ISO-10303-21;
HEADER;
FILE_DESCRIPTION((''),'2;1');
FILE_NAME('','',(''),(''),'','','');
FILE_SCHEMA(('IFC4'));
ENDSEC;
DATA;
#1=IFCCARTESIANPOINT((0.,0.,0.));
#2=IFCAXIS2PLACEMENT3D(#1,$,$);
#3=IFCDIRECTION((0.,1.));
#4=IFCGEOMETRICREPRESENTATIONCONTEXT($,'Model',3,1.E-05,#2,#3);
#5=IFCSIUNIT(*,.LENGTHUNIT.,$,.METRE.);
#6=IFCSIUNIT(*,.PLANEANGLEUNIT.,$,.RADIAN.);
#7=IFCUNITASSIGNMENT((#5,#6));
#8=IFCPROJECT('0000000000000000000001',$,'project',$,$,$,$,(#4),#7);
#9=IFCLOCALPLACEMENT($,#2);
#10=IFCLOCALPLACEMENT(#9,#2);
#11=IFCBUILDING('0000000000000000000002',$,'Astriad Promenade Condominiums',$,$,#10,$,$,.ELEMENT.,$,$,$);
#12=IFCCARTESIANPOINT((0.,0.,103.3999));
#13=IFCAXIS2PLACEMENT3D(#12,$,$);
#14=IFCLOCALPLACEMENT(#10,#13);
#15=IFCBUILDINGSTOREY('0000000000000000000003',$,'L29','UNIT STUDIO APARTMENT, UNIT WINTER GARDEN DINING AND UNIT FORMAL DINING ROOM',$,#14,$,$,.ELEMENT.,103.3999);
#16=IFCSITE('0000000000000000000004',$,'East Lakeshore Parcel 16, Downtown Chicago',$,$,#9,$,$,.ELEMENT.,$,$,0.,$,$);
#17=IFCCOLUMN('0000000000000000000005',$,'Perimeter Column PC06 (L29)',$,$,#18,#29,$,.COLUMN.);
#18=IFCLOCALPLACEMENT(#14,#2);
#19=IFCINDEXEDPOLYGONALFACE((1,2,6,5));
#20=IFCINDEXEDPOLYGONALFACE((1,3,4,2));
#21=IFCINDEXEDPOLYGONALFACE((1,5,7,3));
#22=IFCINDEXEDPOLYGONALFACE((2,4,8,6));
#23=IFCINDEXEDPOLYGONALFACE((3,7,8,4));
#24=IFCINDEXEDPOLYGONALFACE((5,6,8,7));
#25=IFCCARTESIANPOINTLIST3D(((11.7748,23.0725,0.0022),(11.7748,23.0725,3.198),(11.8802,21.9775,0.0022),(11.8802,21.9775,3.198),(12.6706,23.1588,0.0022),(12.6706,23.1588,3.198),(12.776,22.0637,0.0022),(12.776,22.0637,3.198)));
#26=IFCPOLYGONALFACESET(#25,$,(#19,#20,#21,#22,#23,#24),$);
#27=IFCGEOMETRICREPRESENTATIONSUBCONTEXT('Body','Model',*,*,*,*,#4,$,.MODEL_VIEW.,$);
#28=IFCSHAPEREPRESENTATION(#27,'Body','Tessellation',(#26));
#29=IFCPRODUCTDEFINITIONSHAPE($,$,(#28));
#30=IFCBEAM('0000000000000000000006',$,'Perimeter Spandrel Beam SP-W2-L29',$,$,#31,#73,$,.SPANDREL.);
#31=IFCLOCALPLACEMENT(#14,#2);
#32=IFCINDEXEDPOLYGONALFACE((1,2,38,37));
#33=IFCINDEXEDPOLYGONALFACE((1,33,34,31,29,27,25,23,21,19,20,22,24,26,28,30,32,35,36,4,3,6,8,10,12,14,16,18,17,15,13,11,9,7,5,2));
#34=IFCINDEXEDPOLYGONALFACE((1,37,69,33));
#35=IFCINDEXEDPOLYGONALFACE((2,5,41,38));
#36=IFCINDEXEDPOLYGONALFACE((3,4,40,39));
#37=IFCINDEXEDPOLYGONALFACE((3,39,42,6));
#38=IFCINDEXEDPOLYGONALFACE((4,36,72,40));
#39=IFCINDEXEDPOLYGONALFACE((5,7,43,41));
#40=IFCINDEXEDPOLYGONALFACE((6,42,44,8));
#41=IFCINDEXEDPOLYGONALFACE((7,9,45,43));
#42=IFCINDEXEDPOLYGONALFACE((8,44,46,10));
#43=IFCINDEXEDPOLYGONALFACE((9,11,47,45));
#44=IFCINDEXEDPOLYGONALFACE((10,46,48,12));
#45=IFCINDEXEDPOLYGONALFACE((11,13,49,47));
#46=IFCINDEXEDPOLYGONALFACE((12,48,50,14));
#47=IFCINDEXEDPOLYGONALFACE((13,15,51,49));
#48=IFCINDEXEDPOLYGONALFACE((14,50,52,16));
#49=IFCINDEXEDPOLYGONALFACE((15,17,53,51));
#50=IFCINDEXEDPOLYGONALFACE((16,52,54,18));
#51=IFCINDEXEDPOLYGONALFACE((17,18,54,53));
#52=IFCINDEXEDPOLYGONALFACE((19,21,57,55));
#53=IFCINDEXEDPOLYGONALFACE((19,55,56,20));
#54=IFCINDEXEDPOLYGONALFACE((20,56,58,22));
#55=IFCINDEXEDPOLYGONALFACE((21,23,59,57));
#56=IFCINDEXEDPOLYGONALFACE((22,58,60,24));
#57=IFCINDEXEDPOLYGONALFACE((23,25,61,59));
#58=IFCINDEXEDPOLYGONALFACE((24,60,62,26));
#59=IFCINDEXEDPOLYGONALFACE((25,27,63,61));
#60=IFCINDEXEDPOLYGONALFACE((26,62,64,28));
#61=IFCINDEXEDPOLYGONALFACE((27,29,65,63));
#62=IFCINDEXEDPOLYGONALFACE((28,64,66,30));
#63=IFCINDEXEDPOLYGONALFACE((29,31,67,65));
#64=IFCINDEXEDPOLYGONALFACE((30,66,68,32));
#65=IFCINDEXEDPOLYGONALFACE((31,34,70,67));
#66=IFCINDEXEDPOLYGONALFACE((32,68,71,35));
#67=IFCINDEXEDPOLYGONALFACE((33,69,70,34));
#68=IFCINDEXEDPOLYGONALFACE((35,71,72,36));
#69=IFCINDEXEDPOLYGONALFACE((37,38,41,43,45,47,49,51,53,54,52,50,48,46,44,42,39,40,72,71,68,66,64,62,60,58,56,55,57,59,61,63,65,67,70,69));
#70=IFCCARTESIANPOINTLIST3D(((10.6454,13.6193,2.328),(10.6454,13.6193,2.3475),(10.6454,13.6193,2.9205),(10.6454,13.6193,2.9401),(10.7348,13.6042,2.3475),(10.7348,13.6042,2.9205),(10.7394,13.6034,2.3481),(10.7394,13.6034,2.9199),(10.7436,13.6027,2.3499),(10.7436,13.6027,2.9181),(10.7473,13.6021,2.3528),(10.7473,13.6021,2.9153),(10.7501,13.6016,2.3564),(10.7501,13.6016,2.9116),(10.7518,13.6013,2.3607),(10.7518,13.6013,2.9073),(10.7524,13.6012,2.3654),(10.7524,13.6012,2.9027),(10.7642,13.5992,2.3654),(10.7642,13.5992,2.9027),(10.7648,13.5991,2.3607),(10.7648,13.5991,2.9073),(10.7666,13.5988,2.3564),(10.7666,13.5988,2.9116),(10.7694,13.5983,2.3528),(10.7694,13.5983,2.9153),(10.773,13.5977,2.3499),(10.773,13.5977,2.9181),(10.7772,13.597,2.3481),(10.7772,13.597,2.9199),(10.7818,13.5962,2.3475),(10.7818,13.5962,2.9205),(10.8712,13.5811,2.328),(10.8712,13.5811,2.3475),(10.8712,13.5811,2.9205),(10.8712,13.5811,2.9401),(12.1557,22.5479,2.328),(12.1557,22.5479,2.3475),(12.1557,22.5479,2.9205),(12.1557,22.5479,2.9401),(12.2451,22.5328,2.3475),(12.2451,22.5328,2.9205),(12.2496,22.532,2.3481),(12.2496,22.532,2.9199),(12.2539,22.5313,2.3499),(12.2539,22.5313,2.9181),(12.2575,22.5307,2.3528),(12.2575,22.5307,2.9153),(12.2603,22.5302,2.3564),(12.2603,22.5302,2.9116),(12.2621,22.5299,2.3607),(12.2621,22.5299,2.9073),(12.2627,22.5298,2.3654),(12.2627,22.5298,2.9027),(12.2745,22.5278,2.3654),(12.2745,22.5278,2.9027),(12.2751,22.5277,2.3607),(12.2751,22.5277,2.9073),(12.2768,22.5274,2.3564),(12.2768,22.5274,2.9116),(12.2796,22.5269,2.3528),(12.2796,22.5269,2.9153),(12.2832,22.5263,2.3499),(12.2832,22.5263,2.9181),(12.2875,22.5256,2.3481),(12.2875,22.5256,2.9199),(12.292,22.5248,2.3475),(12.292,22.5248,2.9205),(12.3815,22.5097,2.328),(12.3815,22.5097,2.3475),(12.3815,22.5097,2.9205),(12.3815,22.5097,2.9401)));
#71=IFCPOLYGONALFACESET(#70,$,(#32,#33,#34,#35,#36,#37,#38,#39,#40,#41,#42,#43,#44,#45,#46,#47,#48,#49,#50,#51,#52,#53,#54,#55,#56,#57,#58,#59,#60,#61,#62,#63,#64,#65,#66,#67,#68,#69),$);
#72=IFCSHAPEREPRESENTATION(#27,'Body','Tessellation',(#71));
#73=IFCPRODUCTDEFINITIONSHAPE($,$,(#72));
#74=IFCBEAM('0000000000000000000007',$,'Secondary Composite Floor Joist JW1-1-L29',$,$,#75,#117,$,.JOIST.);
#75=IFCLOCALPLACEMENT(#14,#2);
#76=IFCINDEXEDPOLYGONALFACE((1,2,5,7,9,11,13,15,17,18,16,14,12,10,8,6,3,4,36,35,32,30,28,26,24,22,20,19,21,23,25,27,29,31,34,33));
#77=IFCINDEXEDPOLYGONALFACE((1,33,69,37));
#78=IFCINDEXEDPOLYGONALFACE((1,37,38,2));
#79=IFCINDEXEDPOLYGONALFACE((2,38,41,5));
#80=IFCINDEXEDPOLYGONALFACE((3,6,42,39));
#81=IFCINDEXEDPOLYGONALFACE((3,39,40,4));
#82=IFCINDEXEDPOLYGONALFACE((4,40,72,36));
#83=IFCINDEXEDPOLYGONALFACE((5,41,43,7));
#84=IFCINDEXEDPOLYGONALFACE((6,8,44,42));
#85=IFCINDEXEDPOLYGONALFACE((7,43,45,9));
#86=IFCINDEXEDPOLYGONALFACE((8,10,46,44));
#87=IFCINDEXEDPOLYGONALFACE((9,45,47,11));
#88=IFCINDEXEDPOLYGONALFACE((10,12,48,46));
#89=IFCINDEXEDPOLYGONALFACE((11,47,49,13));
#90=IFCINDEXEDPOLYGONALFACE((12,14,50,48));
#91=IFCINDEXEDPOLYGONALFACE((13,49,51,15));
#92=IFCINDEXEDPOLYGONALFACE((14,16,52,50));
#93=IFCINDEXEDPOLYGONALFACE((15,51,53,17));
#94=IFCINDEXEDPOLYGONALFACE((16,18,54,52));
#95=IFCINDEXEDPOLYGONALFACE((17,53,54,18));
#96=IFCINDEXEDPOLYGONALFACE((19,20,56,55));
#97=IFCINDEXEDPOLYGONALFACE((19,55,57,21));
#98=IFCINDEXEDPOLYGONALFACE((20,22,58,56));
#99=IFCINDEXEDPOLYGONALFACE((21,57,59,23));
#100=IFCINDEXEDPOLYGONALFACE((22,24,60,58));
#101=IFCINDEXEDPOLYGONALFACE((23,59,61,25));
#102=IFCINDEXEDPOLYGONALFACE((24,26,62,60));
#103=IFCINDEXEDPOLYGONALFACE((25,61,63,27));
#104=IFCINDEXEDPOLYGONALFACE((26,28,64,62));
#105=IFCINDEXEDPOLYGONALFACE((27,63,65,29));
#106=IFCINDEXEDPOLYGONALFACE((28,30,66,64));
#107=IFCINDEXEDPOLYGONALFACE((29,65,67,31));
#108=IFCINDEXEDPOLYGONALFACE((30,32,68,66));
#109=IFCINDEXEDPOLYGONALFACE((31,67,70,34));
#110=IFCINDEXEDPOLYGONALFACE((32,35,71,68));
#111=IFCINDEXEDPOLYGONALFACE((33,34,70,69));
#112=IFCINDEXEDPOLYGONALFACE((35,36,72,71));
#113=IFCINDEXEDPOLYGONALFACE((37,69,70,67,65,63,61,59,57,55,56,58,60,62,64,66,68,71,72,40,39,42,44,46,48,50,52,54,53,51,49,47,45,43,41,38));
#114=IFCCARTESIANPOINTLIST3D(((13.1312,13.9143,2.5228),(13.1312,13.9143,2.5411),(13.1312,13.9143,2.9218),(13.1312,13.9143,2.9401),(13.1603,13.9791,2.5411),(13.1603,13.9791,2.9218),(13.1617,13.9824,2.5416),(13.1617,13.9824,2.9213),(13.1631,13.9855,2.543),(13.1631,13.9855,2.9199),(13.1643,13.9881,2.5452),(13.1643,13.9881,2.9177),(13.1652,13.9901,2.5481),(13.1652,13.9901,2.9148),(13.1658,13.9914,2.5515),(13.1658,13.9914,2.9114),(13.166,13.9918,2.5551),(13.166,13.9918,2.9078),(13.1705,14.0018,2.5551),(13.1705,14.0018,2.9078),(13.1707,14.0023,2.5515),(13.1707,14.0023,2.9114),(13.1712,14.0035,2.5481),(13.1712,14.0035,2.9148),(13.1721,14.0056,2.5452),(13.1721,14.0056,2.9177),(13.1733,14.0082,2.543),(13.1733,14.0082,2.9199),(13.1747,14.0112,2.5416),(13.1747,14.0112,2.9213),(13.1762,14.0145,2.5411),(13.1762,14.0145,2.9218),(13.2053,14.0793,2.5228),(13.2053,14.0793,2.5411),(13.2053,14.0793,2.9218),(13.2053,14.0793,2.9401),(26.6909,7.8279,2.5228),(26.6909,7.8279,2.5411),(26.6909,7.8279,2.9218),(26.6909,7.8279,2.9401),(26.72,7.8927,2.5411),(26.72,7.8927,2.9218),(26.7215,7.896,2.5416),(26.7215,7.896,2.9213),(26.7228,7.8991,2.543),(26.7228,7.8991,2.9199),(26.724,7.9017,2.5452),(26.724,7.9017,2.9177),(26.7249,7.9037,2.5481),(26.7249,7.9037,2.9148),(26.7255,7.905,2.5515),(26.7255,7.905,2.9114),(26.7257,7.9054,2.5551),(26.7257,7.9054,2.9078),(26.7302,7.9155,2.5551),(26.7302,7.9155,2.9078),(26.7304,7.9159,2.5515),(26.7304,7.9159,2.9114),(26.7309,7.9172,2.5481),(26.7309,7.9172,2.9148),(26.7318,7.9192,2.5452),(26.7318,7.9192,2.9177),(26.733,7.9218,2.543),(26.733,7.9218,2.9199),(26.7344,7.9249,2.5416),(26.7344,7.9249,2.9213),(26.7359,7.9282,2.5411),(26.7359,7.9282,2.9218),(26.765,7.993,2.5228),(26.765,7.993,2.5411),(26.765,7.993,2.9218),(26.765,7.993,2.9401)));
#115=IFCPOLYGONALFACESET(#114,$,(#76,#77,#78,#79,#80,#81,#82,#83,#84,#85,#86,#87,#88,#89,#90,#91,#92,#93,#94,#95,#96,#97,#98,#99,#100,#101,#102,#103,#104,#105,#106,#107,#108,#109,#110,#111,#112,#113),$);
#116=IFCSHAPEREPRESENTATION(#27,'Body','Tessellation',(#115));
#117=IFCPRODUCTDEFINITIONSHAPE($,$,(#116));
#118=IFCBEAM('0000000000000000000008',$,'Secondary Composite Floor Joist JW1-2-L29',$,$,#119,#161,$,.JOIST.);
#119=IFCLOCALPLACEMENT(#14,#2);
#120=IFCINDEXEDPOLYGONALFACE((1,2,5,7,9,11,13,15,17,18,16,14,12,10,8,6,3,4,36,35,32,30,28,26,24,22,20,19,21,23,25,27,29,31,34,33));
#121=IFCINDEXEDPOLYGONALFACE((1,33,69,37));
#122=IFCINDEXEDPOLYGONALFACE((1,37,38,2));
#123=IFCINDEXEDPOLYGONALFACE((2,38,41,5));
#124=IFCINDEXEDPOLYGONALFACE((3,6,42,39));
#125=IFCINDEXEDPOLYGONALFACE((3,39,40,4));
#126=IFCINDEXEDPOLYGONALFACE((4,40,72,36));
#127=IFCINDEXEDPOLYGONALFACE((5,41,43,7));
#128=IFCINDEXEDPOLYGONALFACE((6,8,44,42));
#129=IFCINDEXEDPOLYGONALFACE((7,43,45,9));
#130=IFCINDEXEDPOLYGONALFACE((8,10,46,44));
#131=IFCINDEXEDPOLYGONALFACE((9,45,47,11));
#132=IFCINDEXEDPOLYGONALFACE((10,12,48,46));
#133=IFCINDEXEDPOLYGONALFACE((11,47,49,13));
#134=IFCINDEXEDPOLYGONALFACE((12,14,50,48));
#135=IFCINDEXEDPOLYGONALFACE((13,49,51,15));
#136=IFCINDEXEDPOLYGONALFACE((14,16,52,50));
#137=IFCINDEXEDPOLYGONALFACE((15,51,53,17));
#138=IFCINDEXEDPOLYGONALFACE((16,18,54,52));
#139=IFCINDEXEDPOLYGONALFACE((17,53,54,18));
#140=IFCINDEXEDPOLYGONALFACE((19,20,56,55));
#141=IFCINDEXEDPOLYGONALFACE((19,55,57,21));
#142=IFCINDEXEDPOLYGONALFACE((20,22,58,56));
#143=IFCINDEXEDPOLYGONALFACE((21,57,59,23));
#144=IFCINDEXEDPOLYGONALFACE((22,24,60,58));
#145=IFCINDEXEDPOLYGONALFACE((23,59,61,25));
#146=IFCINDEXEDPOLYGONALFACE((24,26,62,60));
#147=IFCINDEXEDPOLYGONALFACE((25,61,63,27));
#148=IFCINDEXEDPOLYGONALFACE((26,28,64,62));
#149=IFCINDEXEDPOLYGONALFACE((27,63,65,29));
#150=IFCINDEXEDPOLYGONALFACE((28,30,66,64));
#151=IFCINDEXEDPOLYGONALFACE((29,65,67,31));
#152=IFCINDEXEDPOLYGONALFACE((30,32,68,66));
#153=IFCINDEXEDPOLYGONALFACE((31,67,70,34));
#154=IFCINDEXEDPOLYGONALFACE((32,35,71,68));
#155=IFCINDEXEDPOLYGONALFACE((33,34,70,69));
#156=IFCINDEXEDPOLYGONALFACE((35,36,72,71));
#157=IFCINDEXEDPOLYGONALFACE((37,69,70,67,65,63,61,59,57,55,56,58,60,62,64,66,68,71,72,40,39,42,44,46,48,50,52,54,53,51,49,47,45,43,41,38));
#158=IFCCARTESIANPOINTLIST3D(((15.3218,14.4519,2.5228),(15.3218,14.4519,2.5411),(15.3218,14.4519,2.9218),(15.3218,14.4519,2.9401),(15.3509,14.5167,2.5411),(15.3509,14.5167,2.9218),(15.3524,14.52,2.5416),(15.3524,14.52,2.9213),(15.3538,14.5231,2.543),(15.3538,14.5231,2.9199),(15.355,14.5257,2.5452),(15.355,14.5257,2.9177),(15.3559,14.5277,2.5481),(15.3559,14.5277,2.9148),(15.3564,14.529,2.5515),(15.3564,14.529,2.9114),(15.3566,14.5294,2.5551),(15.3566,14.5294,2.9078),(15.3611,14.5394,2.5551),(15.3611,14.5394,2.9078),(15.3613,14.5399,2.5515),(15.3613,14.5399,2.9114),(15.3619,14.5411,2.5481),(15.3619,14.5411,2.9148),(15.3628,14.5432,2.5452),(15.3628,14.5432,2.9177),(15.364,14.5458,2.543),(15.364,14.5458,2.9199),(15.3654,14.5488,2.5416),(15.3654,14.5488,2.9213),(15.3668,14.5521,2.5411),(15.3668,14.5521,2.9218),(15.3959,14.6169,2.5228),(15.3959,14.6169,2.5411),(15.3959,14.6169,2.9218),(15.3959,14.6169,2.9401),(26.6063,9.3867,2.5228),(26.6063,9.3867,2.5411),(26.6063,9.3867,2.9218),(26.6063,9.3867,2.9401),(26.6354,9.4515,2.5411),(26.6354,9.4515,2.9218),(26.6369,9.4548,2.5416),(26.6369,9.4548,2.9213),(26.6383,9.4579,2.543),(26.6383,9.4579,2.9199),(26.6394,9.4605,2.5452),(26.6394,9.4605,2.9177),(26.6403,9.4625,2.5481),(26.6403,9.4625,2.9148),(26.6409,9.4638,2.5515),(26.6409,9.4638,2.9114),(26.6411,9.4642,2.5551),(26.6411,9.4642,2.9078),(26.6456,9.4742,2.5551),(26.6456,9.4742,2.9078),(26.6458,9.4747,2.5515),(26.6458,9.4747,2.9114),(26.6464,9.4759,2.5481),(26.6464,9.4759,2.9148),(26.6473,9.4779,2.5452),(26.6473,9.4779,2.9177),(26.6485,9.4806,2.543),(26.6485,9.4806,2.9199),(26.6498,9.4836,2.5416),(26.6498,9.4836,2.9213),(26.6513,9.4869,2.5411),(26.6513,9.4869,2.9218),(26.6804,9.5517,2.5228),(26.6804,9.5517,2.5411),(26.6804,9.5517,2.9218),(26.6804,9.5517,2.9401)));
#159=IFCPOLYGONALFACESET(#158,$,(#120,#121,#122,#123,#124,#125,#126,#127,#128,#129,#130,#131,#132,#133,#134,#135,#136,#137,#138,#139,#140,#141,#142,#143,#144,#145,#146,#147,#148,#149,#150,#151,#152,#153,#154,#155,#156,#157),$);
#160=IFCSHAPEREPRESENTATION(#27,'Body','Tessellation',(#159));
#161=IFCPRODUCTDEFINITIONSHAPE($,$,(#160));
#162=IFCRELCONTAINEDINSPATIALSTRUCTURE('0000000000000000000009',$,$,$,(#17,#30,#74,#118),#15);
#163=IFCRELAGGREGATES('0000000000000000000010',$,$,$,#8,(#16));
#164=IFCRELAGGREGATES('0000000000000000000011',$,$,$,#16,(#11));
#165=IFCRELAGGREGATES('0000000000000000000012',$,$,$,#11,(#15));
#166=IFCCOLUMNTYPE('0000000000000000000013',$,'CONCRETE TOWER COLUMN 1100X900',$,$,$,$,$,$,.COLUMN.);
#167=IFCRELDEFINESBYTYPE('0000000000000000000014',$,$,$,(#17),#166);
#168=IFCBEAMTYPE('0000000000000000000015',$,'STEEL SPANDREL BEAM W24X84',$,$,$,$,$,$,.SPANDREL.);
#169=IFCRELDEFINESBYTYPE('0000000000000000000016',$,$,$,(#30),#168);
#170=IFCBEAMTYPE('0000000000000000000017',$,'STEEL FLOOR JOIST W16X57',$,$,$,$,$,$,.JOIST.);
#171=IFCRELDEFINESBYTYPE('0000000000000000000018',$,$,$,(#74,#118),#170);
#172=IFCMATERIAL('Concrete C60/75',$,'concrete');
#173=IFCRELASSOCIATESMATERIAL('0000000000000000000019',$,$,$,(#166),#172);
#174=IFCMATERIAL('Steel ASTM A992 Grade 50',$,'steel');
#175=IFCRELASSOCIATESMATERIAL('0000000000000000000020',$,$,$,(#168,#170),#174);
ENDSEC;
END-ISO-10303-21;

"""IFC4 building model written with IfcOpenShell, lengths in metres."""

from ifc_helpers import new_model, si_unit, direction, frame, origin, origin_2d, place, context, subcontext, project, spatial, rectangle, i_section, extrude, source, transform, mapped, material, material_profile, profile_set, type_object, type_shapes, element, save


model = new_model("IFC4")

# Units and contexts
model_context = context("Model", 3, precision=1e-05, world=origin(), true_north=direction((0.0, 1.0)))
body_context = subcontext(model_context, "Body", "Model", "MODEL_VIEW")
ifc_project = project(units=[si_unit("LENGTHUNIT", "METRE"), si_unit("PLANEANGLEUNIT", "RADIAN")], contexts=[model_context])

# Site, building, storey
site_placement = place(None, origin())
site = spatial("IfcSite", under=ifc_project, at=site_placement, Name="East Lakeshore Parcel 16, Downtown Chicago", CompositionType="ELEMENT", RefElevation=0.0)
building_placement = place(site_placement, origin())
building = spatial("IfcBuilding", under=site, at=building_placement, Name="Astriad Promenade Condominiums", CompositionType="ELEMENT")
storey_placement = place(building_placement, frame((0.0, 0.0, 103.3999)))
storey = spatial("IfcBuildingStorey", under=building, at=storey_placement, Name="L29", Description="UNIT STUDIO APARTMENT, UNIT WINTER GARDEN DINING AND UNIT FORMAL DINING ROOM", CompositionType="ELEMENT", Elevation=103.3999)

# Column
ifc_material_1 = material(Name="Concrete C60/75", Category="concrete")
ifc_material_profile_1 = material_profile(ifc_material_1, rectangle(XDim=0.8999, YDim=1.1001, at=origin_2d()), Name="RC-COL-1100X900")
ifc_profile_set_1 = profile_set([ifc_material_profile_1], Name="Concrete C60/75")
column_type = type_object("IfcColumnType", Name="CONCRETE TOWER COLUMN 1100X900", PredefinedType="COLUMN", material=ifc_profile_set_1)
shared_shape_1 = source(origin(), body_context, "Body", "SweptSolid", [
    extrude(rectangle(XDim=0.8999, YDim=1.1001, at=origin_2d()), origin(), (0.0, 0.0, 1.0), 3.1958),
])
type_shapes(column_type, [shared_shape_1])
column_placement = place(storey_placement, frame((12.2754, 22.5681, 0.0022), z_axis=(0.0, 0.0, 1.0), x_axis=(0.995396, 0.095846, 0.0)))
element("IfcColumn", 1, at=column_placement, inside=storey, type_object=column_type, Name="Perimeter Column PC06 (L29)", PredefinedType="COLUMN", context=body_context, shape_type="MappedRepresentation", body=[
    mapped(shared_shape_1, transform((0.0, 0.0, 0.0), scale=1.0)),
])

# Beams
ifc_material_2 = material(Name="Steel ASTM A992 Grade 50", Category="steel")
ifc_material_profile_2 = material_profile(ifc_material_2, i_section(OverallWidth=0.229, OverallDepth=0.6121, WebThickness=0.012, FlangeThickness=0.0195, FilletRadius=0.0178, at=origin_2d()), Name="W24X84")
ifc_profile_set_2 = profile_set([ifc_material_profile_2], Name="Steel ASTM A992 Grade 50")
beam_type_1 = type_object("IfcBeamType", Name="STEEL SPANDREL BEAM W24X84", PredefinedType="SPANDREL", material=ifc_profile_set_2)
shared_shape_2 = source(origin(), body_context, "Body", "SweptSolid", [
    extrude(i_section(OverallWidth=0.229, OverallDepth=0.6121, WebThickness=0.012, FlangeThickness=0.0195, FilletRadius=0.0178, at=origin_2d()), origin(), (0.0, 0.0, 1.0), 9.0554),
])
type_shapes(beam_type_1, [shared_shape_2])
beam_1_placement = place(storey_placement, frame((12.2686, 22.5288, 2.634), z_axis=(-0.166777, -0.985995, 0.0), x_axis=(0.985995, -0.166777, 0.0)))
element("IfcBeam", 2, at=beam_1_placement, inside=storey, type_object=beam_type_1, Name="Perimeter Spandrel Beam SP-W2-L29", PredefinedType="SPANDREL", context=body_context, shape_type="MappedRepresentation", body=[
    mapped(shared_shape_2, transform((0.0, 0.0, 0.0), scale=1.0)),
])
ifc_material_profile_3 = material_profile(ifc_material_2, i_section(OverallWidth=0.1809, OverallDepth=0.4172, WebThickness=0.011, FlangeThickness=0.0183, FilletRadius=0.0139, at=origin_2d()), Name="W16X57")
ifc_profile_set_3 = profile_set([ifc_material_profile_3], Name="Steel ASTM A992 Grade 50")
beam_type_2 = type_object("IfcBeamType", Name="STEEL FLOOR JOIST W16X57", PredefinedType="JOIST", material=ifc_profile_set_3)
shared_shape_3 = source(origin(), body_context, "Body", "SweptSolid", [
    extrude(i_section(OverallWidth=0.1809, OverallDepth=0.4172, WebThickness=0.011, FlangeThickness=0.0183, FilletRadius=0.0139, at=origin_2d()), origin(), (0.0, 0.0, 1.0), 14.863),
])
beam_2_placement = place(storey_placement, frame((13.1682, 13.9968, 2.7314), z_axis=(0.912311, -0.409498, 0.0), x_axis=(0.409498, 0.912311, 0.0)))
element("IfcBeam", 3, at=beam_2_placement, inside=storey, type_object=beam_type_2, Name="Secondary Composite Floor Joist JW1-1-L29", PredefinedType="JOIST", context=body_context, shape_type="MappedRepresentation", body=[
    mapped(shared_shape_3, transform((0.0, 0.0, 0.0), scale=1.0)),
])
shared_shape_4 = source(origin(), body_context, "Body", "SweptSolid", [
    extrude(i_section(OverallWidth=0.1809, OverallDepth=0.4172, WebThickness=0.011, FlangeThickness=0.0183, FilletRadius=0.0139, at=origin_2d()), origin(), (0.0, 0.0, 1.0), 12.3691),
])
beam_3_placement = place(storey_placement, frame((15.3589, 14.5344, 2.7314), z_axis=(0.912309, -0.409504, 0.0), x_axis=(0.409504, 0.912309, 0.0)))
element("IfcBeam", 4, at=beam_3_placement, inside=storey, type_object=beam_type_2, Name="Secondary Composite Floor Joist JW1-2-L29", PredefinedType="JOIST", context=body_context, shape_type="MappedRepresentation", body=[
    mapped(shared_shape_4, transform((0.0, 0.0, 0.0), scale=1.0)),
])

save(model, "model.ifc")
